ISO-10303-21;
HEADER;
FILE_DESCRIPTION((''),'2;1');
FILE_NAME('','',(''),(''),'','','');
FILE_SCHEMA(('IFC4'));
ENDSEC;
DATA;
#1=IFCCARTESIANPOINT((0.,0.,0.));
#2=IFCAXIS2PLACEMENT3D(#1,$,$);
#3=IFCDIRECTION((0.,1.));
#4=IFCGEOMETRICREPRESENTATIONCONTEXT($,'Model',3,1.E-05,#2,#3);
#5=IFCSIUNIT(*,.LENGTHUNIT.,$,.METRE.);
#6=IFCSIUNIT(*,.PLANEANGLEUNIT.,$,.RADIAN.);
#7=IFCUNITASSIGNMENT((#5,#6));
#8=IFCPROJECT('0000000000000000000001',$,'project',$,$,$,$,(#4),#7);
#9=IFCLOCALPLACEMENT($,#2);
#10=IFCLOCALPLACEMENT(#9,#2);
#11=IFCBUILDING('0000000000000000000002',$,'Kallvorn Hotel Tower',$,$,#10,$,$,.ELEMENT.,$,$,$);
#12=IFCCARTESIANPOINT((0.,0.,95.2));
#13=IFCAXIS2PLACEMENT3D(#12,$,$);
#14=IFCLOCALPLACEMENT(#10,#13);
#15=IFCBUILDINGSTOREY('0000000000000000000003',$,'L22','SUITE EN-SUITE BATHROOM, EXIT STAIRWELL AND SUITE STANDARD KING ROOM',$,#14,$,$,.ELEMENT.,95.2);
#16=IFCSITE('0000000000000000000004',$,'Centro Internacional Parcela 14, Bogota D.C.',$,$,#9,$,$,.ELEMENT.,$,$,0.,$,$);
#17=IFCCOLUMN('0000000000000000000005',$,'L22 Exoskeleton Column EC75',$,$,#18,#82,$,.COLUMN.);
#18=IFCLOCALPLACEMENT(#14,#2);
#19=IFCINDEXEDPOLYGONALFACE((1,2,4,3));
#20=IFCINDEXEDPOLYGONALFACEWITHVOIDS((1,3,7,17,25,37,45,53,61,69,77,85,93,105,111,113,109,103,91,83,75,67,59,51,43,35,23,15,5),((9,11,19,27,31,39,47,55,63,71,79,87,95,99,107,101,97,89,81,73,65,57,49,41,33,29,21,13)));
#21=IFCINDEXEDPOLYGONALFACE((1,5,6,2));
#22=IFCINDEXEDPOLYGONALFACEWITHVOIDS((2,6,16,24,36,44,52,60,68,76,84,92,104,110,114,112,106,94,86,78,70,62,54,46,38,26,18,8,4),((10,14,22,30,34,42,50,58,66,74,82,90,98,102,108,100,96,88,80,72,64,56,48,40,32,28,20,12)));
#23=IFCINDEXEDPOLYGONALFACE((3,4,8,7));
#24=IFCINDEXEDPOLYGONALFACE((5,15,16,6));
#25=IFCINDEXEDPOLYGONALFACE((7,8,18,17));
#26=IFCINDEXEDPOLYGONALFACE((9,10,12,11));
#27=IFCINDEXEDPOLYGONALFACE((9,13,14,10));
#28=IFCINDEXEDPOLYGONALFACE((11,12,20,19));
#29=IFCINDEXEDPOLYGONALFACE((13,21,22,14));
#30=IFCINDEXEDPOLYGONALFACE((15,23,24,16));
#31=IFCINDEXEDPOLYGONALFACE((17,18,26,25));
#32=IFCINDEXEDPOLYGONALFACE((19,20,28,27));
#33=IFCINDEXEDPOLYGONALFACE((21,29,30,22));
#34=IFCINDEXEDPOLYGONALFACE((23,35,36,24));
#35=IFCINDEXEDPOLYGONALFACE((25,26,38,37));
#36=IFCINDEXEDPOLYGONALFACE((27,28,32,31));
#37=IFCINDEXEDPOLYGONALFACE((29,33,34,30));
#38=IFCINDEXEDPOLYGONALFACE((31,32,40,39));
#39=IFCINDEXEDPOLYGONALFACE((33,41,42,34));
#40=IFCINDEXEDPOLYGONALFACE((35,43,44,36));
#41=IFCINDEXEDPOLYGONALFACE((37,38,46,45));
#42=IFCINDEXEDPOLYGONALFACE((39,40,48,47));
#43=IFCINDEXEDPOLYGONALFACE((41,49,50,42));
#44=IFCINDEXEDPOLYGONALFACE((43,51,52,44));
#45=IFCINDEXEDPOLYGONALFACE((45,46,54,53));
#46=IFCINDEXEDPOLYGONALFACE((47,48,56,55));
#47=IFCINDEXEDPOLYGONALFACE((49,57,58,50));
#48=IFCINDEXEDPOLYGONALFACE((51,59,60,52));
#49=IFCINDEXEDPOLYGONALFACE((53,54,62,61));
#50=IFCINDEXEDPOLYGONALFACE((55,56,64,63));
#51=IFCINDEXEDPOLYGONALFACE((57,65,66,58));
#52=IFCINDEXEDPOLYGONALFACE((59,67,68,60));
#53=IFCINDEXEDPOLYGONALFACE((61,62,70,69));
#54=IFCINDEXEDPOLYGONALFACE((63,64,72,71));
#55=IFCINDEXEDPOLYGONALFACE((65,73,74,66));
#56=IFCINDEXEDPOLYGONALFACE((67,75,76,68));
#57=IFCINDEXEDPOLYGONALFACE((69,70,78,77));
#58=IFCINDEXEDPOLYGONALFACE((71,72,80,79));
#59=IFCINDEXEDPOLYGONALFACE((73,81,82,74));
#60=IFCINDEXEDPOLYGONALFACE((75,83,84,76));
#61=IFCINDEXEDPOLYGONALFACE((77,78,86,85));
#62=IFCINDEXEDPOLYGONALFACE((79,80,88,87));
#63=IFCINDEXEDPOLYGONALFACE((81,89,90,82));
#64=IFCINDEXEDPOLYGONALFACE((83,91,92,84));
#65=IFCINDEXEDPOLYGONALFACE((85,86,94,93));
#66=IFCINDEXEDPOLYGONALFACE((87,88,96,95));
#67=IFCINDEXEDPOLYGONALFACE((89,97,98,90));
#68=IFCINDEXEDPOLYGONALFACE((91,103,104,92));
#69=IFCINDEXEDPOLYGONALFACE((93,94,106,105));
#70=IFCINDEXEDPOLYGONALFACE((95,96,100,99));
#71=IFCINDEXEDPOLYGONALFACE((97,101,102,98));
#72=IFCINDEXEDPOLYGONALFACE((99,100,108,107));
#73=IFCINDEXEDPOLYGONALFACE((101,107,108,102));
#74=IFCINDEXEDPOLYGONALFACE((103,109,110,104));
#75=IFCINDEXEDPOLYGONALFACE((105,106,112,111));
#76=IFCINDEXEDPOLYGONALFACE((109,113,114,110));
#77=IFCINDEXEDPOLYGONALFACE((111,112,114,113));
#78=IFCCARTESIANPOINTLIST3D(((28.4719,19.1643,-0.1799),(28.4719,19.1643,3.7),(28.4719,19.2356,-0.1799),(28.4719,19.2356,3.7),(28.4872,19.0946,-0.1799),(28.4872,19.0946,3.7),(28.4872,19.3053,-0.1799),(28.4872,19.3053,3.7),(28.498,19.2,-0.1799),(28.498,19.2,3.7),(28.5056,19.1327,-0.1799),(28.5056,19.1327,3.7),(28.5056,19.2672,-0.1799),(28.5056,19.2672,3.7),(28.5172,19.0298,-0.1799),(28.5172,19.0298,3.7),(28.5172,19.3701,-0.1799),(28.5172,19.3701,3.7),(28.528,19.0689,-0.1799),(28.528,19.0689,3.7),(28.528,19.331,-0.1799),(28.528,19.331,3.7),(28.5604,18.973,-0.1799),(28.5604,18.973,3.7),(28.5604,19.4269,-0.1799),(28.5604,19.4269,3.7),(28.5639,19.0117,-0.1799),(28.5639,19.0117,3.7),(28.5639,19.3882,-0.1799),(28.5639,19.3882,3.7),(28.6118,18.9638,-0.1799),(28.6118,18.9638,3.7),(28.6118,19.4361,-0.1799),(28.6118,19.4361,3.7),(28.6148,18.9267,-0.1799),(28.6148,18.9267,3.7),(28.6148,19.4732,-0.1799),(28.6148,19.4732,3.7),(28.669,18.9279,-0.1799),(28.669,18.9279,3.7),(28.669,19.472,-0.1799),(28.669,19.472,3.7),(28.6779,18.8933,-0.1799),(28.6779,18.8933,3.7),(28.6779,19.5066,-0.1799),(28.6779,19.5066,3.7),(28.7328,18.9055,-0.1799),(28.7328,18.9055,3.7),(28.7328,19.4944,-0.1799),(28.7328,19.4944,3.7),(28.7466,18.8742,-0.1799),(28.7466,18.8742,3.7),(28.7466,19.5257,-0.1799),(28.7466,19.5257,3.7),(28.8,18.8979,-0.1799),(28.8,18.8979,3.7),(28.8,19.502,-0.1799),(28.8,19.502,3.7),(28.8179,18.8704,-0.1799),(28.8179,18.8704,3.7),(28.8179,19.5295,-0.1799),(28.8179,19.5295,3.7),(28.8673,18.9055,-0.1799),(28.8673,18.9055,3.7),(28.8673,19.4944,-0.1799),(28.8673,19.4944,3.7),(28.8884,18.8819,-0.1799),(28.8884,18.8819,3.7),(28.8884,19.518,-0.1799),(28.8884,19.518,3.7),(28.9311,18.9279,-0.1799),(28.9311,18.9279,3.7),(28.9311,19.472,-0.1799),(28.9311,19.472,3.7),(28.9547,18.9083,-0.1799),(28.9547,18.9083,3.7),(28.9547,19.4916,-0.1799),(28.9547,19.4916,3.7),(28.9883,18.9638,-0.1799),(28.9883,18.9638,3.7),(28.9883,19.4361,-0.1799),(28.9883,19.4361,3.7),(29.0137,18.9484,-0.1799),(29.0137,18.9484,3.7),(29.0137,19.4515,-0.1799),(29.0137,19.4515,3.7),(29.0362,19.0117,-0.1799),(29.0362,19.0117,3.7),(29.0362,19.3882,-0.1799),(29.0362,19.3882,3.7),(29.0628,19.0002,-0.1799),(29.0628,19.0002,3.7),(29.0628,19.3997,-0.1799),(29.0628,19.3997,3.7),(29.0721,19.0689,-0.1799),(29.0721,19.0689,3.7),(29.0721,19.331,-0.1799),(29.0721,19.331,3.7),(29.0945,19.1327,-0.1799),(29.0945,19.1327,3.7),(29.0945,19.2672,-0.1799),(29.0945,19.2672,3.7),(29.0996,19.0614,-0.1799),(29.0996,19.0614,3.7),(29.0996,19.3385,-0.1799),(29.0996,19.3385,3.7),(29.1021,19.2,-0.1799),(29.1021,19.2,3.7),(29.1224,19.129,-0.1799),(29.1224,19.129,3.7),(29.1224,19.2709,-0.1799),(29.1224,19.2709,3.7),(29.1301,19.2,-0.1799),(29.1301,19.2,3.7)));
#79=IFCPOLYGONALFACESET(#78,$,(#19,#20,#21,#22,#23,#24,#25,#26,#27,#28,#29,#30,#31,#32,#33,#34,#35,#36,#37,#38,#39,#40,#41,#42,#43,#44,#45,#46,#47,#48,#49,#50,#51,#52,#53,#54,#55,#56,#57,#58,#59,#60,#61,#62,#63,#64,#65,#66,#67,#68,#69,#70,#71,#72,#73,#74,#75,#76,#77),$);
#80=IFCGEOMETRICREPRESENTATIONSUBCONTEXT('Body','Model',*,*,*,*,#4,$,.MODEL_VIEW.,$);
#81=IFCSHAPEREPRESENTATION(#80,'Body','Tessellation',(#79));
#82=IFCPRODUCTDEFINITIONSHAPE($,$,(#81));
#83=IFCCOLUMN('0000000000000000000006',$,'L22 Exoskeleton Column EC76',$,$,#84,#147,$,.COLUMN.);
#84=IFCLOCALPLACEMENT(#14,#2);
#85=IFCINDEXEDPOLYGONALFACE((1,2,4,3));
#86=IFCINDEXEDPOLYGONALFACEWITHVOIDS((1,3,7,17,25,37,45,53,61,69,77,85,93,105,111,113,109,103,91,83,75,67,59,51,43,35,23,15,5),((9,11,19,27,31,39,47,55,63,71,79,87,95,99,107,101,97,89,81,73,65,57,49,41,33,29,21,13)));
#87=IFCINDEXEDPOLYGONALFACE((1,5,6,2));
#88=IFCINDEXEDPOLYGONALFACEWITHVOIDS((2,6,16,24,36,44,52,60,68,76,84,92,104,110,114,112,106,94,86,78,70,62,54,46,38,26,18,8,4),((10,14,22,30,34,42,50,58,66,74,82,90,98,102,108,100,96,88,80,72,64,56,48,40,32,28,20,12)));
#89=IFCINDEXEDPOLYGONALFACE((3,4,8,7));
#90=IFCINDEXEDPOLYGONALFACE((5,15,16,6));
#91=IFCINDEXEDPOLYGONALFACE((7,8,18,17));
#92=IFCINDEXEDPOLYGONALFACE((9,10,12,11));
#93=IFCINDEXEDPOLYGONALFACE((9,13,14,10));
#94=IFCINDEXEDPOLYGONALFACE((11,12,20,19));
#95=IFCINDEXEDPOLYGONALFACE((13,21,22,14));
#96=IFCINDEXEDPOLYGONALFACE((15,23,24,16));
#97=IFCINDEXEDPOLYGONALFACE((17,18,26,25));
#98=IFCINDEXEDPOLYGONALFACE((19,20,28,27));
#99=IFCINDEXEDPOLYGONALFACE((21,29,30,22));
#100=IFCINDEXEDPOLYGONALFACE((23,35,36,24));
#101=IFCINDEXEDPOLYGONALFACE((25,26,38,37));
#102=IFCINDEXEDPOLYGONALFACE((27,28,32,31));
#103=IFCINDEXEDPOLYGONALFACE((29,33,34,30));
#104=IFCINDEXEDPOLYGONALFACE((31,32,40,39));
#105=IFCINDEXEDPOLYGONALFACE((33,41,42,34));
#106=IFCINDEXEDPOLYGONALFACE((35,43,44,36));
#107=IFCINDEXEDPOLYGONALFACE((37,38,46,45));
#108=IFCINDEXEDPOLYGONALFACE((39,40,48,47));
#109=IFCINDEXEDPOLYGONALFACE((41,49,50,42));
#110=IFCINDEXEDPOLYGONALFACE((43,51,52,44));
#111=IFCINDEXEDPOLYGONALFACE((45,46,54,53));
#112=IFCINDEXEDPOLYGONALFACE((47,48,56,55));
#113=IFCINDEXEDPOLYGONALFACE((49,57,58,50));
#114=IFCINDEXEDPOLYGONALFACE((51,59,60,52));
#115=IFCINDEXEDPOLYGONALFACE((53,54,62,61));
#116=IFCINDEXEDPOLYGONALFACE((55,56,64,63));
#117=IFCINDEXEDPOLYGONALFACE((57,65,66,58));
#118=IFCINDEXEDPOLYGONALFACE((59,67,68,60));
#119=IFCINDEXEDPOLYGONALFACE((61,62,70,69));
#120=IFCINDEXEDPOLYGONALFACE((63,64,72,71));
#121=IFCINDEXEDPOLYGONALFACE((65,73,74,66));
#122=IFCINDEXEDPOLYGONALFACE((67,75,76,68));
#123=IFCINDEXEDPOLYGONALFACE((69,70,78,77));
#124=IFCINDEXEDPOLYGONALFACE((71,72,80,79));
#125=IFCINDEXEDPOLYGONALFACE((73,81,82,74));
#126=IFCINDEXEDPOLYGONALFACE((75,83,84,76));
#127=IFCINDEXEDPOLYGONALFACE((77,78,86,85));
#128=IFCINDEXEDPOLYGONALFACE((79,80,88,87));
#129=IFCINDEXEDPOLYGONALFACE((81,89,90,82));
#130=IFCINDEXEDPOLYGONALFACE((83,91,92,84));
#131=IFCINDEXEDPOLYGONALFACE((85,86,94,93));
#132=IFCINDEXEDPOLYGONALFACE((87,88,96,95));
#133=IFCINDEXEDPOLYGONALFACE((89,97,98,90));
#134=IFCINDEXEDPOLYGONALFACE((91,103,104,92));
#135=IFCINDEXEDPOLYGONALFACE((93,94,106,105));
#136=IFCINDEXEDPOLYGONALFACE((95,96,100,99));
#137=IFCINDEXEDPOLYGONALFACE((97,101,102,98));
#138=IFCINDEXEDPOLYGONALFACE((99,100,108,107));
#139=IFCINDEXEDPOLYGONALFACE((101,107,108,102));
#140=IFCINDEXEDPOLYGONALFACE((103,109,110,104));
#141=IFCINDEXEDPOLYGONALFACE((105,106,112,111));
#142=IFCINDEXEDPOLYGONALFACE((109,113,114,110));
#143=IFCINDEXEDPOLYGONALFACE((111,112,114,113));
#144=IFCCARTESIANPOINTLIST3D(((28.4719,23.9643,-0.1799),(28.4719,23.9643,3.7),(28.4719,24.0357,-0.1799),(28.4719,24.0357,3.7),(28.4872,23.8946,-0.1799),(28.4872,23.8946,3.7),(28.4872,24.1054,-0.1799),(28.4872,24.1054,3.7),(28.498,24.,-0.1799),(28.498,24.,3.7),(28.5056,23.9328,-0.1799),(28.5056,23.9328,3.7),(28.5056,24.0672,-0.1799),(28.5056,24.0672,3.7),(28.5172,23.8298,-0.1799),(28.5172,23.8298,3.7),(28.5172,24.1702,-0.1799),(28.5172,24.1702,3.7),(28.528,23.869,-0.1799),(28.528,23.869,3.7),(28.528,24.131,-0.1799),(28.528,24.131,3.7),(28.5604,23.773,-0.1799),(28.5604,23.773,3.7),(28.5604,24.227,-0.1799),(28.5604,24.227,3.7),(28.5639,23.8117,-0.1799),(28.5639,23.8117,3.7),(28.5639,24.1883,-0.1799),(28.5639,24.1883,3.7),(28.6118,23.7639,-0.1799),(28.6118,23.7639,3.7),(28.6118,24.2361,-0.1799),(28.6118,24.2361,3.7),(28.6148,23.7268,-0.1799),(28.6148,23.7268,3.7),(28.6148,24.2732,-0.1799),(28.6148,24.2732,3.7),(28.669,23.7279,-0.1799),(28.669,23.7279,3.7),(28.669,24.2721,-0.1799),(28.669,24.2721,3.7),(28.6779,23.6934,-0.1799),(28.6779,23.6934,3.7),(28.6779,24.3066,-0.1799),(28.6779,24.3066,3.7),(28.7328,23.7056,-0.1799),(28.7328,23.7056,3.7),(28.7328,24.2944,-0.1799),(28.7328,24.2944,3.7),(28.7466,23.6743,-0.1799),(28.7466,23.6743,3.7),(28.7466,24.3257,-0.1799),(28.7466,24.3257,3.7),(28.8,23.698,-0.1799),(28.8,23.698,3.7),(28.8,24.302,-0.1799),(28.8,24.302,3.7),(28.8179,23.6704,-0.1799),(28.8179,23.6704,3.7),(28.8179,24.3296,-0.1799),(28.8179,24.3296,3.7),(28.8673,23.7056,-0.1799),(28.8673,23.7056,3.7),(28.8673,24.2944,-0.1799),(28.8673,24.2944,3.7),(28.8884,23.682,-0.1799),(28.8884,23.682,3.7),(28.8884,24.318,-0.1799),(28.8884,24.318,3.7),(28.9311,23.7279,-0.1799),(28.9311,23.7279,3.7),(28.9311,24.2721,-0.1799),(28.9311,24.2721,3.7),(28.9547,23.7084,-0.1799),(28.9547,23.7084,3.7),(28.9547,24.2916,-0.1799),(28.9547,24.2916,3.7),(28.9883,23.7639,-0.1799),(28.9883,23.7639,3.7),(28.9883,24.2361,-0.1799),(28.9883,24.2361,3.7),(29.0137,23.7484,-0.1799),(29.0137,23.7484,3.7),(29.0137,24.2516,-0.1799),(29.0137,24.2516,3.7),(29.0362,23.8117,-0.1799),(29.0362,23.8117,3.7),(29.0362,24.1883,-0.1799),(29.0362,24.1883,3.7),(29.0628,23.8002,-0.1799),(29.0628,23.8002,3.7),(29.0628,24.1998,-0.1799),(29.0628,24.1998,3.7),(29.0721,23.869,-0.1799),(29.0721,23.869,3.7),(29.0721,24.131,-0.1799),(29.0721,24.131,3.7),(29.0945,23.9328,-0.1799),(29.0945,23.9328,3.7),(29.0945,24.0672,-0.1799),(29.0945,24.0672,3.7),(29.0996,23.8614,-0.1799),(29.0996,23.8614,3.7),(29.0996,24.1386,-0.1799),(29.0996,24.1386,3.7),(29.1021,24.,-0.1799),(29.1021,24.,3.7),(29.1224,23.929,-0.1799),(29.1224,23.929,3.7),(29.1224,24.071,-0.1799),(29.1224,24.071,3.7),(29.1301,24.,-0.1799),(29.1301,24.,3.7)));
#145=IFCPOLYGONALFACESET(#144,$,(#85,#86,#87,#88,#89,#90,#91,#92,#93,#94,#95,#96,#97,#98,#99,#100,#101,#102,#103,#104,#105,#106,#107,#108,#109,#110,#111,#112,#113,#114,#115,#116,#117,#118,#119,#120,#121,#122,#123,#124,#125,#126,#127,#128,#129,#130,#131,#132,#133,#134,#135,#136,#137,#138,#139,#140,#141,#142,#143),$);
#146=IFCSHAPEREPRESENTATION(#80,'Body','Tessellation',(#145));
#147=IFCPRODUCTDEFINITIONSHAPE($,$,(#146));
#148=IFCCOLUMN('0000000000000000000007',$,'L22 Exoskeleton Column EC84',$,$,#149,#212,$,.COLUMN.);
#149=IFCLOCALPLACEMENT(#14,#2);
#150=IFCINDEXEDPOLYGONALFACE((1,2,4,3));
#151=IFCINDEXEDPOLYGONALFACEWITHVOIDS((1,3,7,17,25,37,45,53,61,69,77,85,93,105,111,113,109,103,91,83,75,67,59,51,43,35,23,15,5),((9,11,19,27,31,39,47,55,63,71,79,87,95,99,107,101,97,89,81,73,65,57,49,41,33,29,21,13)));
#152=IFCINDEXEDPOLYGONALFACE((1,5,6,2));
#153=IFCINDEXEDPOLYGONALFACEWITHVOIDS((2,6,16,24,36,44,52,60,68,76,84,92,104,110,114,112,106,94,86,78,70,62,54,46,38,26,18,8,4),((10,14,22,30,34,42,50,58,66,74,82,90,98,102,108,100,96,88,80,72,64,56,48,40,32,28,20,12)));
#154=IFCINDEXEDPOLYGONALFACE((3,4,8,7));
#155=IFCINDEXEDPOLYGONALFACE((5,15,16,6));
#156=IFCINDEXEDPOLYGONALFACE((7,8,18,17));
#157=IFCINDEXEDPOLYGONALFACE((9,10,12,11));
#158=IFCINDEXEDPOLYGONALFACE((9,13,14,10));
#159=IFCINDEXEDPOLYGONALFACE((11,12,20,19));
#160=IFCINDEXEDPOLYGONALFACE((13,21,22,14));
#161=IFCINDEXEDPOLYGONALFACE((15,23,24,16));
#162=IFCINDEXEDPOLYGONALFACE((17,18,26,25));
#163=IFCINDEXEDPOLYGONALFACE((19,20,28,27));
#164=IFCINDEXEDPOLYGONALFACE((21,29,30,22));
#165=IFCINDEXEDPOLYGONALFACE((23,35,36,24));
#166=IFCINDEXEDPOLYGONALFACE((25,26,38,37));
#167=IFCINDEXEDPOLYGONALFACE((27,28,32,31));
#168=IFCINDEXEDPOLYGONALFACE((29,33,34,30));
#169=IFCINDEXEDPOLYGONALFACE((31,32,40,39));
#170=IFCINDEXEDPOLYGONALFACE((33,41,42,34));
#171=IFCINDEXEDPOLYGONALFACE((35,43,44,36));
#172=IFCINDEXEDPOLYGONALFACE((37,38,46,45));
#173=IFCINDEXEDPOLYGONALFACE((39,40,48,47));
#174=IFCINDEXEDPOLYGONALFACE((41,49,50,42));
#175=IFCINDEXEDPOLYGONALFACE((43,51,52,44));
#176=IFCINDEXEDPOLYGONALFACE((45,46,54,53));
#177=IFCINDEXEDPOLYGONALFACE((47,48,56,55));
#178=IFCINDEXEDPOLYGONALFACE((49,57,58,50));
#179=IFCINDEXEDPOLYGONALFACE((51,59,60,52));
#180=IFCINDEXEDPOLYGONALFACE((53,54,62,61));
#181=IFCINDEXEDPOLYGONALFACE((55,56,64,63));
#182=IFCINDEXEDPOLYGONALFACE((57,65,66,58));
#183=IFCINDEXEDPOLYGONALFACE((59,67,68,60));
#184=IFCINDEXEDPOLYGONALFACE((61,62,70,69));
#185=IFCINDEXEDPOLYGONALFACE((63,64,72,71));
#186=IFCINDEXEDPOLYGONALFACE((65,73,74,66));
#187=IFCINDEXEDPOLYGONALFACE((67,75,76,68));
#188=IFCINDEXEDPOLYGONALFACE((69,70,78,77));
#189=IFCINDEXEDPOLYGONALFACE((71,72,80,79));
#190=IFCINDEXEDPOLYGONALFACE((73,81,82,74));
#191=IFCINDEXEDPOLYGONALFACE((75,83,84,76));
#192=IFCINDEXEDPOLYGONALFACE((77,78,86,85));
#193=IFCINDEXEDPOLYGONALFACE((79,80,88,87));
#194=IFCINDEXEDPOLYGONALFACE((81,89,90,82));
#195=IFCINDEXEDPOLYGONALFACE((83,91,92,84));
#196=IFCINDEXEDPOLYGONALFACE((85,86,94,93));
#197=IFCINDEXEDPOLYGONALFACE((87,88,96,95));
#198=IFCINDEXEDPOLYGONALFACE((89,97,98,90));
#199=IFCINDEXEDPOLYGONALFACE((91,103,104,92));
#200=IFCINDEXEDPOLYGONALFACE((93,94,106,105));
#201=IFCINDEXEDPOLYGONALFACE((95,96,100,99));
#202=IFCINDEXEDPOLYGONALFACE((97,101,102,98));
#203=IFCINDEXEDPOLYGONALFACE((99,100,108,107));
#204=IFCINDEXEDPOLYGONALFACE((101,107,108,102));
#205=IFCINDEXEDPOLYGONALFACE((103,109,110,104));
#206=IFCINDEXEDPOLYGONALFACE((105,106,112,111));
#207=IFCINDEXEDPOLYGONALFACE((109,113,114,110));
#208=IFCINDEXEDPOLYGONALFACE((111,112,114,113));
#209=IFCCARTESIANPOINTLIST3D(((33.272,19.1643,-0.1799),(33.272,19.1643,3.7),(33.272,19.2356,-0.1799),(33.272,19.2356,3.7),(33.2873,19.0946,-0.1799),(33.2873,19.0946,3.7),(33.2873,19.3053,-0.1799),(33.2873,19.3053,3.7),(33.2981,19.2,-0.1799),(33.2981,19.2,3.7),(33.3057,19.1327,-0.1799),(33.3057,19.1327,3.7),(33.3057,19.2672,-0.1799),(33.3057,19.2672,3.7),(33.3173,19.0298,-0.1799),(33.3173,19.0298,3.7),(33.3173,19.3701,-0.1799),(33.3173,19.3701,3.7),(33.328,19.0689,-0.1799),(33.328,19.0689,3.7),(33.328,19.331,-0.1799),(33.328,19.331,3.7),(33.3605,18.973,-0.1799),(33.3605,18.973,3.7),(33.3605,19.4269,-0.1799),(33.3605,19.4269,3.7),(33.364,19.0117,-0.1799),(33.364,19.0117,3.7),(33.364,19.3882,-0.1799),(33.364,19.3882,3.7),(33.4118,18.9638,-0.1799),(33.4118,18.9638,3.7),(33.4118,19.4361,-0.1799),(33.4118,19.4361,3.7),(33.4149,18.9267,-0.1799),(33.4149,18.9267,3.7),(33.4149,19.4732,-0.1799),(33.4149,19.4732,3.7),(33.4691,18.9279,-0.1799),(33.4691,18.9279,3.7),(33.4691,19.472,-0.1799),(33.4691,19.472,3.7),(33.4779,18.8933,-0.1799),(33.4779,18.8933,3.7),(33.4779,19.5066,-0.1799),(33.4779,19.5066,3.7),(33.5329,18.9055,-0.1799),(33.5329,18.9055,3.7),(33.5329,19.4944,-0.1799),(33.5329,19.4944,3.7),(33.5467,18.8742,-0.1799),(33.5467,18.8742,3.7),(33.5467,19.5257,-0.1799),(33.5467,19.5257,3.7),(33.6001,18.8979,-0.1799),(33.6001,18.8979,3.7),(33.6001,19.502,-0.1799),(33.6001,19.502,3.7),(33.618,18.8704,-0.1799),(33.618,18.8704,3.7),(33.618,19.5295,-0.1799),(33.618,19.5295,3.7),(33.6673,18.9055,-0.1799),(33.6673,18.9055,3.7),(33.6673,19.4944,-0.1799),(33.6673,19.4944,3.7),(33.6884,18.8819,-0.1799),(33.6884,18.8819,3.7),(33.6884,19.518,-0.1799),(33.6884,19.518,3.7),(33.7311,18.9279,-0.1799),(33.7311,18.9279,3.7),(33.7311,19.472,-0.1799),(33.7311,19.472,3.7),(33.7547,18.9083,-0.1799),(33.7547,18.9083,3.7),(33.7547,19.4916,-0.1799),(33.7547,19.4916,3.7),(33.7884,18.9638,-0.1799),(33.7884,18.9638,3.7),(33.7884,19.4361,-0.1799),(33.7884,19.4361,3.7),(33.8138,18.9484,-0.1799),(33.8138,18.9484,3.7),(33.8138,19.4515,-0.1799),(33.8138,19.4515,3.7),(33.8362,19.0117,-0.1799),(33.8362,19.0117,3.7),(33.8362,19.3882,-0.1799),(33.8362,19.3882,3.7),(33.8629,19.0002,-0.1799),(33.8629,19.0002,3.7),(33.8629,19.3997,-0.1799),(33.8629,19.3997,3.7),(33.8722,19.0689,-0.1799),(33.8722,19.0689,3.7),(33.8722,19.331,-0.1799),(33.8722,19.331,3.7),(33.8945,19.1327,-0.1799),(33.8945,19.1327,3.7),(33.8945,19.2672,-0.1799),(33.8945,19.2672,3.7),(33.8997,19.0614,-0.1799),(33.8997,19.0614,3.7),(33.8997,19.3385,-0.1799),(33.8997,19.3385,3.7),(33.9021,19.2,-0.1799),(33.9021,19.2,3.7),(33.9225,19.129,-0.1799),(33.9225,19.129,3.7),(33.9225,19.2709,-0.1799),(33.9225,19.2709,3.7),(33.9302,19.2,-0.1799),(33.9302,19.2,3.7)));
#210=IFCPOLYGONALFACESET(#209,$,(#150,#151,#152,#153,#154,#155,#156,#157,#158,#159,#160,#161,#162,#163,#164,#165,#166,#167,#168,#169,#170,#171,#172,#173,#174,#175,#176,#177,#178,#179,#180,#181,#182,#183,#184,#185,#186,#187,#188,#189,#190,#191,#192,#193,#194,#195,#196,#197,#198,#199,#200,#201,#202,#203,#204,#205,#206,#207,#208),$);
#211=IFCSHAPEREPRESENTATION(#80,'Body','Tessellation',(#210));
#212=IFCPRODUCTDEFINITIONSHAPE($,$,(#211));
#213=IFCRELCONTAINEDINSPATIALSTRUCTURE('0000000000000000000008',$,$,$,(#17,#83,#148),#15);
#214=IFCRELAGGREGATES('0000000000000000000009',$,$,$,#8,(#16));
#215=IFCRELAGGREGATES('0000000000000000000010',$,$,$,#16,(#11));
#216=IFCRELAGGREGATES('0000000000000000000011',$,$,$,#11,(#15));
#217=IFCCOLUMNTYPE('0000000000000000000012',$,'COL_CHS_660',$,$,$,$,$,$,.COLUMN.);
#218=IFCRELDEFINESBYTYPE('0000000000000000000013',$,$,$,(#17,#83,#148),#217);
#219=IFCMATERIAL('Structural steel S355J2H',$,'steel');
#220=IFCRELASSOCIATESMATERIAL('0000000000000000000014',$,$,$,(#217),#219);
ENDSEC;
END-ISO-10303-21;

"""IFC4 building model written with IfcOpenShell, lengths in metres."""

from ifc_helpers import new_model, si_unit, direction, frame, origin, origin_2d, place, context, subcontext, project, spatial, hollow_circle, extrude, material, material_profile, profile_set, type_object, element, save


model = new_model("IFC4")

# Units and contexts
model_context = context("Model", 3, precision=1e-05, world=origin(), true_north=direction((0.0, 1.0)))
body_context = subcontext(model_context, "Body", "Model", "MODEL_VIEW")
ifc_project = project(units=[si_unit("LENGTHUNIT", "METRE"), si_unit("PLANEANGLEUNIT", "RADIAN")], contexts=[model_context])

# Site, building, storey
site_placement = place(None, origin())
site = spatial("IfcSite", under=ifc_project, at=site_placement, Name="Centro Internacional Parcela 14, Bogota D.C.", CompositionType="ELEMENT", RefElevation=0.0)
building_placement = place(site_placement, origin())
building = spatial("IfcBuilding", under=site, at=building_placement, Name="Kallvorn Hotel Tower", CompositionType="ELEMENT")
storey_placement = place(building_placement, frame((0.0, 0.0, 95.2)))
storey = spatial("IfcBuildingStorey", under=building, at=storey_placement, Name="L22", Description="SUITE EN-SUITE BATHROOM, EXIT STAIRWELL AND SUITE STANDARD KING ROOM", CompositionType="ELEMENT", Elevation=95.2)

# Columns
ifc_material_1 = material(Name="Structural steel S355J2H", Category="steel")
ifc_material_profile_1 = material_profile(ifc_material_1, hollow_circle(Radius=0.3301, WallThickness=0.0281, at=origin_2d()), Name="CHS 660x28")
ifc_profile_set_1 = profile_set([ifc_material_profile_1], Name="Structural steel S355J2H")
column_type = type_object("IfcColumnType", Name="COL_CHS_660", PredefinedType="COLUMN", material=ifc_profile_set_1)
for number, where, z_axis, x_axis, name in (
    (1, (28.8, 19.2, -0.1799), (0.0, 0.0, 1.0), (1.0, 0.0, 0.0), "L22 Exoskeleton Column EC75"),
    (2, (28.8, 24.0, -0.1799), (0.0, 0.0, 1.0), (1.0, 0.0, 0.0), "L22 Exoskeleton Column EC76"),
    (3, (33.6001, 19.2, -0.1799), (0.0, 0.0, 1.0), (1.0, 0.0, 0.0), "L22 Exoskeleton Column EC84"),
):
    element("IfcColumn", number, at=place(storey_placement, frame(where, z_axis=z_axis, x_axis=x_axis)), inside=storey, type_object=column_type, Name=name, PredefinedType="COLUMN", context=body_context, shape_type="SweptSolid", body=[
        extrude(hollow_circle(Radius=0.3301, WallThickness=0.0281, at=origin_2d()), origin(), (0.0, 0.0, 1.0), 3.8799),
    ])

save(model, "model.ifc")
